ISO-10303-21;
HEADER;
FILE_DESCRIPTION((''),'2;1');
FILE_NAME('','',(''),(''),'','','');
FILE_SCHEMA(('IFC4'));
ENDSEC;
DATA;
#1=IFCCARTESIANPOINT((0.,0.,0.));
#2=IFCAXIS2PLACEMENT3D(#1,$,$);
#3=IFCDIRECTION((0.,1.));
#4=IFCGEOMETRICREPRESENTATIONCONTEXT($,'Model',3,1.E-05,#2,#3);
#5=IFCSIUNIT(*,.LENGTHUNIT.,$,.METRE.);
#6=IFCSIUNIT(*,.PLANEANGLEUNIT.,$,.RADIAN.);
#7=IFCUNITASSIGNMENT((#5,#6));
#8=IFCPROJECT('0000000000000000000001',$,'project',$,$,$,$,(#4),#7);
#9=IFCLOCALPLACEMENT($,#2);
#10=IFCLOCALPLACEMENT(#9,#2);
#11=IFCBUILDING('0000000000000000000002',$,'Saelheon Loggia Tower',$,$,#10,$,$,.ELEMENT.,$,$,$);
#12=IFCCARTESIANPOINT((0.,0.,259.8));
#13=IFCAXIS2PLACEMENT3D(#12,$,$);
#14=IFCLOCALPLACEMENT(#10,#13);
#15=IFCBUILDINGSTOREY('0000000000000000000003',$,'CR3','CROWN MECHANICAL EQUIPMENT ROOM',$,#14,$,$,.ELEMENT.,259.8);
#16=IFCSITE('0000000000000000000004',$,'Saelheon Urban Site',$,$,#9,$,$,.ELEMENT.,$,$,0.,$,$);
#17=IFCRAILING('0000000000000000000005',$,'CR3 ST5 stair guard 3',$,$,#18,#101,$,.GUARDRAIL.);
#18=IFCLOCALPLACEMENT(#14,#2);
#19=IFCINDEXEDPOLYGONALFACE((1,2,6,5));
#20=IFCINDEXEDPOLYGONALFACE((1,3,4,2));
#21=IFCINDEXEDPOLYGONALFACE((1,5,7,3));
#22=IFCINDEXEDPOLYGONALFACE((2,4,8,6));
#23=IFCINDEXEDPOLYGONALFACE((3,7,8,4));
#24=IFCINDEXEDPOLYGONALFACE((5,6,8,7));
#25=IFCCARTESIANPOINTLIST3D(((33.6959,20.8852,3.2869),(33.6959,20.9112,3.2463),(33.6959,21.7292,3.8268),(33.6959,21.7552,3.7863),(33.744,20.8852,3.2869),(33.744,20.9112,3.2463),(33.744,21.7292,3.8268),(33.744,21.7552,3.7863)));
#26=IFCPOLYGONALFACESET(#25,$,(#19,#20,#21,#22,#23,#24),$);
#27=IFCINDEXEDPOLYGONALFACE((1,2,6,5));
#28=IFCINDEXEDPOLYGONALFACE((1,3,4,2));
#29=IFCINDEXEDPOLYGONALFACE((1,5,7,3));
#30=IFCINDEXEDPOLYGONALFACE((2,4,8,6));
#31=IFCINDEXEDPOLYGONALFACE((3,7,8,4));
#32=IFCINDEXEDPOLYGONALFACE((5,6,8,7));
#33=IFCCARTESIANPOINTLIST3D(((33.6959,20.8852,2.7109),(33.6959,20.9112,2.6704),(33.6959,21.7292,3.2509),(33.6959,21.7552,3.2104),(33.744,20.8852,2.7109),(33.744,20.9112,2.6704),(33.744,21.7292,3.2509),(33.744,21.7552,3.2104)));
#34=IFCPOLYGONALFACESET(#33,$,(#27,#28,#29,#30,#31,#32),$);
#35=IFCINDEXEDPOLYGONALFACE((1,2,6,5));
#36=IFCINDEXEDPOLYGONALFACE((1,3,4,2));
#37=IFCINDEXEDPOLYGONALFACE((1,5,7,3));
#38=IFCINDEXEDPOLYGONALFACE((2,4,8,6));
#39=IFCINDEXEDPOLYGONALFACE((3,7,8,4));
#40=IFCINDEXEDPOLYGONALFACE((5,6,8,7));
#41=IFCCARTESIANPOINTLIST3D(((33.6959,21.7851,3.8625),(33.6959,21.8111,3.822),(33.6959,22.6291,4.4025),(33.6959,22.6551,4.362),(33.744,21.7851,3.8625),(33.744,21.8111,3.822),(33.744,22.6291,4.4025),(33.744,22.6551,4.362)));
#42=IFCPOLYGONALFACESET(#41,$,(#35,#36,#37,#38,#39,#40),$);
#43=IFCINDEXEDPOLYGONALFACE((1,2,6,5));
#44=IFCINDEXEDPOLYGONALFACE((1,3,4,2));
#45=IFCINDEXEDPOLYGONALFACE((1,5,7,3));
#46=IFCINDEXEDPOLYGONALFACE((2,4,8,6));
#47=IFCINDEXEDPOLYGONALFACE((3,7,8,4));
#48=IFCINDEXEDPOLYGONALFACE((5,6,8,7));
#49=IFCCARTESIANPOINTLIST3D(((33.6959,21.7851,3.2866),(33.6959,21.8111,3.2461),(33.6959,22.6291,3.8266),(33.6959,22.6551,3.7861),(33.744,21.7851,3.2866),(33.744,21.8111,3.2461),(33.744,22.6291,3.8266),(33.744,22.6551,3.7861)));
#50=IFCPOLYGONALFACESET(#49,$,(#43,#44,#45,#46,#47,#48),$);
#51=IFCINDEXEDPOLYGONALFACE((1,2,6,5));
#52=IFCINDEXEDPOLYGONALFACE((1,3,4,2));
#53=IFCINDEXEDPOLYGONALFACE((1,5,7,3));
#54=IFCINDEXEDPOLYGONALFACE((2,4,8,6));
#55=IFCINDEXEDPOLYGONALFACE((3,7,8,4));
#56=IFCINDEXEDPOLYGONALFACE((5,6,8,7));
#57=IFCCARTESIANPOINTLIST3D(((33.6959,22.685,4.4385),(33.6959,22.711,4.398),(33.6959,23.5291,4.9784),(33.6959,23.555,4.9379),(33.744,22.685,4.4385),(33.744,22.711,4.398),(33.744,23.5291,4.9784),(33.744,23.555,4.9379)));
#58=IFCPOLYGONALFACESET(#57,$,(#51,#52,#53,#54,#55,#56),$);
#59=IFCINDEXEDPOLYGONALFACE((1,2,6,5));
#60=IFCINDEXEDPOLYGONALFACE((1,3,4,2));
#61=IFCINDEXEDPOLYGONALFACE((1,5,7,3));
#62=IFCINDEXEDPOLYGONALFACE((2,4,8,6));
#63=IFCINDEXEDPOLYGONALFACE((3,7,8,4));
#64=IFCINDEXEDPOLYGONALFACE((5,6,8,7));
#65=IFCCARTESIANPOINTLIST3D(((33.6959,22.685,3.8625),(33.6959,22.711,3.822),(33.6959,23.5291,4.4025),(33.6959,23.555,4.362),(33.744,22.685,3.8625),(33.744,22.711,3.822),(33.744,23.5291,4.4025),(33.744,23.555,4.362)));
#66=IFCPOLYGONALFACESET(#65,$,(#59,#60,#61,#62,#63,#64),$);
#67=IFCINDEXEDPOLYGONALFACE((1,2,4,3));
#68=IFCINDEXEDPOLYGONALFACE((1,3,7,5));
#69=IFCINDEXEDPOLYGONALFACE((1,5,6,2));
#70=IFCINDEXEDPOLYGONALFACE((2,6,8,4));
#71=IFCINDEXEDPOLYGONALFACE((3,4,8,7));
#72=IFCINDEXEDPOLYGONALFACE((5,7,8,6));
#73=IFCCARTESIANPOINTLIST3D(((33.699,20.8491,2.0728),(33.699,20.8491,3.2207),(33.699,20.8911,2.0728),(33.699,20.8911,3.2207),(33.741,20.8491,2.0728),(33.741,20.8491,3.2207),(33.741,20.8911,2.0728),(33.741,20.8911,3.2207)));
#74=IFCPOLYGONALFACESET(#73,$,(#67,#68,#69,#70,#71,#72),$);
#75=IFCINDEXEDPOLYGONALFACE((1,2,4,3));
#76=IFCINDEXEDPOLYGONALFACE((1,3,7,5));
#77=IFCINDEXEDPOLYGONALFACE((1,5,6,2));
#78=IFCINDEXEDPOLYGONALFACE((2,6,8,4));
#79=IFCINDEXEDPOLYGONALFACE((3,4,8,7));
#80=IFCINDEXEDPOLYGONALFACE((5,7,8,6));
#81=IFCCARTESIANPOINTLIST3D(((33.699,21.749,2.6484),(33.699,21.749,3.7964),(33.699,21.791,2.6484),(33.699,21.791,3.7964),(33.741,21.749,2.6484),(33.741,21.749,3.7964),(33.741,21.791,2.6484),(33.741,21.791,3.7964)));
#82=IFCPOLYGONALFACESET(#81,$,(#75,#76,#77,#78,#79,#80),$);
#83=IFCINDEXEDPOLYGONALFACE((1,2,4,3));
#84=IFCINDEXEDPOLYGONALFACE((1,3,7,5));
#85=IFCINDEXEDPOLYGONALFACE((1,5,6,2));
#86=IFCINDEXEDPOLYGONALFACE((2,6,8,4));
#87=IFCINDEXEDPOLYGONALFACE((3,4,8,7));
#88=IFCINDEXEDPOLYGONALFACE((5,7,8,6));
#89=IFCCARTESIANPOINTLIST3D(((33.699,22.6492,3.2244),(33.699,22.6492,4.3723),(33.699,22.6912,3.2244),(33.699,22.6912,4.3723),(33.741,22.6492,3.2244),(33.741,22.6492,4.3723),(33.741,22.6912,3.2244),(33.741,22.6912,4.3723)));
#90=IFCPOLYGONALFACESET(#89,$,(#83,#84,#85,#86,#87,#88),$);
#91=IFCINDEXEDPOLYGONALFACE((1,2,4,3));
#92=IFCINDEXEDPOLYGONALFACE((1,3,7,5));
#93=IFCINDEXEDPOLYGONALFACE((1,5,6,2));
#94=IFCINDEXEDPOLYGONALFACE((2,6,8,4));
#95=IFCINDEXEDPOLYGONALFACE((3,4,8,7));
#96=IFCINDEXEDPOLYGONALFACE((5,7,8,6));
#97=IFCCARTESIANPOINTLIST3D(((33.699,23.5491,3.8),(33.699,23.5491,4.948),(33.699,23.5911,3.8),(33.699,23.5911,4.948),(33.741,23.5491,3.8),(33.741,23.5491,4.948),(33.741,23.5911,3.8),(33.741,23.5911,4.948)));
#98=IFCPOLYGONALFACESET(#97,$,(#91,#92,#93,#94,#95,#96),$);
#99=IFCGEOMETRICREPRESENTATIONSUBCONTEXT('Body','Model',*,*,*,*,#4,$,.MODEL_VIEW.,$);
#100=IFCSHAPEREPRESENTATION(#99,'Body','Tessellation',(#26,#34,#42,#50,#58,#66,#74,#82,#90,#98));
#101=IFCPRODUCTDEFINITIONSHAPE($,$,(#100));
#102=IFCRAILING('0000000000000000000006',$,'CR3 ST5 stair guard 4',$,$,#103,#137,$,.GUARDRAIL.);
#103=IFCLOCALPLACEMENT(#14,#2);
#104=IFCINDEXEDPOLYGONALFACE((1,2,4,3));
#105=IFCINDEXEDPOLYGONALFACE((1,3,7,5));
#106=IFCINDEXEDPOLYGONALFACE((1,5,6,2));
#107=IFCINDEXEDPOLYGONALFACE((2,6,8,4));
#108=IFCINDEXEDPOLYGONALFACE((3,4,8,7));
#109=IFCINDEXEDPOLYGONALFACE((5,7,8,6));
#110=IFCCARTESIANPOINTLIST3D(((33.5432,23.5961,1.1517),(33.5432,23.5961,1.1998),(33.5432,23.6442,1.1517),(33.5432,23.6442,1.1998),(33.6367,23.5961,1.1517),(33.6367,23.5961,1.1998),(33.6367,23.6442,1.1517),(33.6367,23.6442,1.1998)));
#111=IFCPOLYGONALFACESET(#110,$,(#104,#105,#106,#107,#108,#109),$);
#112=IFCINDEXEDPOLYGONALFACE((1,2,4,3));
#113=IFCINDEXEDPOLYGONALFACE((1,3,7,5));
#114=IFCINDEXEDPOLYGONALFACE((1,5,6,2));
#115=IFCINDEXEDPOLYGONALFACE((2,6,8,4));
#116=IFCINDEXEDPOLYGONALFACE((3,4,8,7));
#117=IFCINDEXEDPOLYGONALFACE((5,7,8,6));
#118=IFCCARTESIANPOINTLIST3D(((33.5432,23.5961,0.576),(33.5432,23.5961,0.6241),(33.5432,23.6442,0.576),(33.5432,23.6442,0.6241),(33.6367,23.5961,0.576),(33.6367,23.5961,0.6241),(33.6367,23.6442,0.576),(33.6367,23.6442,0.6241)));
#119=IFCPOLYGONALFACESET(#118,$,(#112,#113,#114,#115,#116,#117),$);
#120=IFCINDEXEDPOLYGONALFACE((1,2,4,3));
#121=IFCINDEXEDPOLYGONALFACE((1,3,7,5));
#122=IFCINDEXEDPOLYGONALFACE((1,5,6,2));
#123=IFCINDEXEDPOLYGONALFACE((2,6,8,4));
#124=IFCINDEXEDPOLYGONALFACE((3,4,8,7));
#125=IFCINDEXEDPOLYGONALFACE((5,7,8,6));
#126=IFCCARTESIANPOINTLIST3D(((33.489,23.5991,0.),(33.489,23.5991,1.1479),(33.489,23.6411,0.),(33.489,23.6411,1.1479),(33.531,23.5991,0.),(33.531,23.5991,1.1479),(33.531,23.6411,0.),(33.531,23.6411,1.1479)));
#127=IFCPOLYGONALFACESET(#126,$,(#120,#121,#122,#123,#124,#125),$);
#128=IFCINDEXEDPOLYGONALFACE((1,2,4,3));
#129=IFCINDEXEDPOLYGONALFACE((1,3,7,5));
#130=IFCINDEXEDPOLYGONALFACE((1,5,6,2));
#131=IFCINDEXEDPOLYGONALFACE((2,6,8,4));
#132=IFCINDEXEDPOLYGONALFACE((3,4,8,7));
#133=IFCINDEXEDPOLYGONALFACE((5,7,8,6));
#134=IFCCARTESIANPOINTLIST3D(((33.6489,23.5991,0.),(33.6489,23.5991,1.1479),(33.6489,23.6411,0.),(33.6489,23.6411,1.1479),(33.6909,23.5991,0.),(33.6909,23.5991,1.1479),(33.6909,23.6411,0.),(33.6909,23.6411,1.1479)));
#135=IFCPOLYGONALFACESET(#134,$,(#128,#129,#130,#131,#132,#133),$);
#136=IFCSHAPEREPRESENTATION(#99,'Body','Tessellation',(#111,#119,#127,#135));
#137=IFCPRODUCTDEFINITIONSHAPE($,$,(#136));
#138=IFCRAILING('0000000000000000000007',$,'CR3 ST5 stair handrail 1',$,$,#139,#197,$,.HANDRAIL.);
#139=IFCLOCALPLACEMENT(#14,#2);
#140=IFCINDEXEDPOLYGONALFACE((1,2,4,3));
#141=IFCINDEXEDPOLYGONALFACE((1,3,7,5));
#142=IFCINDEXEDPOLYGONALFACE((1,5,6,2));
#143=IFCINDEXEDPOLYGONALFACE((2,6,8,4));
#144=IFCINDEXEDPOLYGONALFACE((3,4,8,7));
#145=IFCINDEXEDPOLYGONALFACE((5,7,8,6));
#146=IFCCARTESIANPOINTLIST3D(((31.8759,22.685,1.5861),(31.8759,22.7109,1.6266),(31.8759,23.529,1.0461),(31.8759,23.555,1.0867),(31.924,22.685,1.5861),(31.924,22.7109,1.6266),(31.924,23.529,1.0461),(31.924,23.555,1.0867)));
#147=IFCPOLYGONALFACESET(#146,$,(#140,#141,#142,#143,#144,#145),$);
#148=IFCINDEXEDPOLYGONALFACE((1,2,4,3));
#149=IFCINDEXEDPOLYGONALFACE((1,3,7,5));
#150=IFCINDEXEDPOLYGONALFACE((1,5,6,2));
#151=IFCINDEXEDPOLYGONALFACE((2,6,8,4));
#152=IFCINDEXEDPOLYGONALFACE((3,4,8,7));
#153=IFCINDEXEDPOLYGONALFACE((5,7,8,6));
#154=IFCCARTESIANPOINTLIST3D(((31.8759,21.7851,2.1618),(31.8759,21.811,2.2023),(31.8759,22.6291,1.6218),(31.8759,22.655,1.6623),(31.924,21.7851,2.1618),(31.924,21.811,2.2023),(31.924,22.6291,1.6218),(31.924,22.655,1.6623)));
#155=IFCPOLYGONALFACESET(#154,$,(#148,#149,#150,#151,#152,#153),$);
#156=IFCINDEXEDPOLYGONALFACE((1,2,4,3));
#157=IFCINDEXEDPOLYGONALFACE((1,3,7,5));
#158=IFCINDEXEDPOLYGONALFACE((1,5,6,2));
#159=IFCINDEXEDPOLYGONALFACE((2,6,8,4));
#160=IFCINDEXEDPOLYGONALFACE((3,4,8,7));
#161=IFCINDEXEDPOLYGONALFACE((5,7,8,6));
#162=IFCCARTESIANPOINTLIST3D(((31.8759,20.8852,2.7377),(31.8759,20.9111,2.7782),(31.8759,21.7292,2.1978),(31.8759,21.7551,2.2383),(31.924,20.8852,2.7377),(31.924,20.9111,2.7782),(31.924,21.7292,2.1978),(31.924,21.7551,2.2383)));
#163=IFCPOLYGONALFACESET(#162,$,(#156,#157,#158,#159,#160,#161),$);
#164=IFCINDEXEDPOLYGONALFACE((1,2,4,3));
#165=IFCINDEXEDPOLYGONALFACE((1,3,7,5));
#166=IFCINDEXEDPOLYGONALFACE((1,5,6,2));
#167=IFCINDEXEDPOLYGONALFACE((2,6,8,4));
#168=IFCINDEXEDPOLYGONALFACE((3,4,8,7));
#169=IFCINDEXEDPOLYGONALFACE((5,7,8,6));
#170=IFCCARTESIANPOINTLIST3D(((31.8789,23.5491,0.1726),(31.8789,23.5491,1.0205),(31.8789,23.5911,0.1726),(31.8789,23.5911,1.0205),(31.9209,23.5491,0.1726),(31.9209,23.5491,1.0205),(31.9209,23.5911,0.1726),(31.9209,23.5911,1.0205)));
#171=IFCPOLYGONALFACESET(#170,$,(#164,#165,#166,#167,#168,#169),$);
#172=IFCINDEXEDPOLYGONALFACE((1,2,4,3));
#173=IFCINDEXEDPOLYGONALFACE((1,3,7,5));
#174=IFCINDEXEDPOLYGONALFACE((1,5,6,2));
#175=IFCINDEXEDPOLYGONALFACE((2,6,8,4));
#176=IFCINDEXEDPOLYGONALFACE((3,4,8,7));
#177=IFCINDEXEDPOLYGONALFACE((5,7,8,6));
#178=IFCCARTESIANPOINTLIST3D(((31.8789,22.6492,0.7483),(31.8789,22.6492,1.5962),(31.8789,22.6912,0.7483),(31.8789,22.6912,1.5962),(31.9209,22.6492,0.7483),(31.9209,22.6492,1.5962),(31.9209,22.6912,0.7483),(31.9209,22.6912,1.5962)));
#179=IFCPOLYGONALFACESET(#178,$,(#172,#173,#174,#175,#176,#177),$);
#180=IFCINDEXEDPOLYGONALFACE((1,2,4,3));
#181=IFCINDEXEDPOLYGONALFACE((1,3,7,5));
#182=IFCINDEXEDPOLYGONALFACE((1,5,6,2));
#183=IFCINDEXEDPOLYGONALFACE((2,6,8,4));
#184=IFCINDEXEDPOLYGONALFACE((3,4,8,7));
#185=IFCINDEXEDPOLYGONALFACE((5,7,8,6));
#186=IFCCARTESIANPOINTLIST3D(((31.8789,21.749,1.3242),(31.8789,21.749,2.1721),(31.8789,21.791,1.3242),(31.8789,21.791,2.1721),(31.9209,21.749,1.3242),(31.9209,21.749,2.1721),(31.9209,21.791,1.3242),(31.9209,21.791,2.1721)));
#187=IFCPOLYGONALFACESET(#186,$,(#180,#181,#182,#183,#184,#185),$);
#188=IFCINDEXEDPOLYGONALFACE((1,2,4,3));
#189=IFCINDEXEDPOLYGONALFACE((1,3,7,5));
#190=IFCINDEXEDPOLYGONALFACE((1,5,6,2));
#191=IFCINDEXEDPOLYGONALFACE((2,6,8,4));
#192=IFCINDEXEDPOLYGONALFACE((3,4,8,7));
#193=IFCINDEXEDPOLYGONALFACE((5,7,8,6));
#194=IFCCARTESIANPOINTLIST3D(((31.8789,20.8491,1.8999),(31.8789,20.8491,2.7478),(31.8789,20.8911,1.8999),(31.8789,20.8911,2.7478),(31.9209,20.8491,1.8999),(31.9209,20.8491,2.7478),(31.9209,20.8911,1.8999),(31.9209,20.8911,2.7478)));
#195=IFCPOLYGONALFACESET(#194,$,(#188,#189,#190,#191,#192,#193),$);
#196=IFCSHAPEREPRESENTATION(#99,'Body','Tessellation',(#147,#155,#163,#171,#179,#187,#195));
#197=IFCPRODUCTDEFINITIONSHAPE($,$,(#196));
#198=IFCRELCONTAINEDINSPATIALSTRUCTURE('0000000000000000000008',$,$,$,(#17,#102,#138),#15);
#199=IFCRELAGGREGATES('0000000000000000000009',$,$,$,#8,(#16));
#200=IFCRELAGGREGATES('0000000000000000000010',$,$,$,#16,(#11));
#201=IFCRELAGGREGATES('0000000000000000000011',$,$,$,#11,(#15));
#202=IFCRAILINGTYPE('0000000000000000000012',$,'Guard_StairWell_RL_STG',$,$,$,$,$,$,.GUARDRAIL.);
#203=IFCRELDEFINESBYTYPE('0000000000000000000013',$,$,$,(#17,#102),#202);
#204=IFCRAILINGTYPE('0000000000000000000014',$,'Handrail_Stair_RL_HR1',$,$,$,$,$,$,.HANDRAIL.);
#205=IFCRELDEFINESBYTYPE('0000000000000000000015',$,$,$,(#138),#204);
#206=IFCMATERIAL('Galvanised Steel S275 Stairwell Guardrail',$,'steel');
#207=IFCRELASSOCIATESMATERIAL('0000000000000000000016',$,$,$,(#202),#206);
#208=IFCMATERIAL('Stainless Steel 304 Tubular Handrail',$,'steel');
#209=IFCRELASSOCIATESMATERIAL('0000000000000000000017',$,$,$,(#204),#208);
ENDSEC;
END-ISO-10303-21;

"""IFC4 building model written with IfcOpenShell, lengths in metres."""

from ifc_helpers import new_model, si_unit, direction, frame, origin, origin_2d, place, context, subcontext, project, spatial, rectangle, extrude, material, type_object, element, save


model = new_model("IFC4")

# Units and contexts
model_context = context("Model", 3, precision=1e-05, world=origin(), true_north=direction((0.0, 1.0)))
body_context = subcontext(model_context, "Body", "Model", "MODEL_VIEW")
ifc_project = project(units=[si_unit("LENGTHUNIT", "METRE"), si_unit("PLANEANGLEUNIT", "RADIAN")], contexts=[model_context])

# Site, building, storey
site_placement = place(None, origin())
site = spatial("IfcSite", under=ifc_project, at=site_placement, Name="Saelheon Urban Site", CompositionType="ELEMENT", RefElevation=0.0)
building_placement = place(site_placement, origin())
building = spatial("IfcBuilding", under=site, at=building_placement, Name="Saelheon Loggia Tower", CompositionType="ELEMENT")
storey_placement = place(building_placement, frame((0.0, 0.0, 259.8)))
storey = spatial("IfcBuildingStorey", under=building, at=storey_placement, Name="CR3", Description="CROWN MECHANICAL EQUIPMENT ROOM", CompositionType="ELEMENT", Elevation=259.8)

# Railings
ifc_material_1 = material(Name="Galvanised Steel S275 Stairwell Guardrail", Category="steel")
railing_type_1 = type_object("IfcRailingType", Name="Guard_StairWell_RL_STG", PredefinedType="GUARDRAIL", material=ifc_material_1)
railing_1_placement = place(storey_placement, frame((33.72, 20.8701, 2.0728)))
element("IfcRailing", 1, at=railing_1_placement, inside=storey, type_object=railing_type_1, Name="CR3 ST5 stair guard 3", PredefinedType="GUARDRAIL", context=body_context, shape_type="SweptSolid", body=[
    extrude(rectangle(XDim=0.0481, YDim=0.0481, at=origin_2d()), frame((0.0, 0.0281, 1.1938), z_axis=(0.0, 0.842367, 0.538905), x_axis=(-1.0, 0.0, 0.0)), (0.0, 0.0, 1.0), 1.002),
    extrude(rectangle(XDim=0.0481, YDim=0.0481, at=origin_2d()), frame((0.0, 0.0281, 0.6179), z_axis=(0.0, 0.842367, 0.538905), x_axis=(-1.0, 0.0, 0.0)), (0.0, 0.0, 1.0), 1.002),
    extrude(rectangle(XDim=0.0481, YDim=0.0481, at=origin_2d()), frame((0.0, 0.928, 1.7695), z_axis=(0.0, 0.842367, 0.538905), x_axis=(-1.0, 0.0, 0.0)), (0.0, 0.0, 1.0), 1.002),
    extrude(rectangle(XDim=0.0481, YDim=0.0481, at=origin_2d()), frame((0.0, 0.928, 1.1936), z_axis=(0.0, 0.842367, 0.538905), x_axis=(-1.0, 0.0, 0.0)), (0.0, 0.0, 1.0), 1.002),
    extrude(rectangle(XDim=0.0481, YDim=0.0481, at=origin_2d()), frame((0.0, 1.8279, 2.3455), z_axis=(0.0, 0.842367, 0.538905), x_axis=(-1.0, 0.0, 0.0)), (0.0, 0.0, 1.0), 1.002),
    extrude(rectangle(XDim=0.0481, YDim=0.0481, at=origin_2d()), frame((0.0, 1.8279, 1.7695), z_axis=(0.0, 0.842367, 0.538905), x_axis=(-1.0, 0.0, 0.0)), (0.0, 0.0, 1.0), 1.002),
    extrude(rectangle(XDim=0.042, YDim=0.042, at=origin_2d()), origin(), (0.0, 0.0, 1.0), 1.1479),
    extrude(rectangle(XDim=0.042, YDim=0.042, at=origin_2d()), frame((0.0, 0.8999, 0.5757)), (0.0, 0.0, 1.0), 1.1479),
    extrude(rectangle(XDim=0.042, YDim=0.042, at=origin_2d()), frame((0.0, 1.8, 1.1516)), (0.0, 0.0, 1.0), 1.1479),
    extrude(rectangle(XDim=0.042, YDim=0.042, at=origin_2d()), frame((0.0, 2.7, 1.7273)), (0.0, 0.0, 1.0), 1.1479),
])
railing_2_placement = place(storey_placement, frame((33.51, 23.6201, 0.0)))
element("IfcRailing", 2, at=railing_2_placement, inside=storey, type_object=railing_type_1, Name="CR3 ST5 stair guard 4", PredefinedType="GUARDRAIL", context=body_context, shape_type="SweptSolid", body=[
    extrude(rectangle(XDim=0.0481, YDim=0.0481, at=origin_2d()), frame((0.0332, 0.0, 1.1758), z_axis=(1.0, 0.0, 0.0), x_axis=(0.0, 1.0, 0.0)), (0.0, 0.0, 1.0), 0.0935),
    extrude(rectangle(XDim=0.0481, YDim=0.0481, at=origin_2d()), frame((0.0332, 0.0, 0.6001), z_axis=(1.0, 0.0, 0.0), x_axis=(0.0, 1.0, 0.0)), (0.0, 0.0, 1.0), 0.0935),
    extrude(rectangle(XDim=0.042, YDim=0.042, at=origin_2d()), origin(), (0.0, 0.0, 1.0), 1.1479),
    extrude(rectangle(XDim=0.042, YDim=0.042, at=origin_2d()), frame((0.1599, 0.0, 0.0)), (0.0, 0.0, 1.0), 1.1479),
])
ifc_material_2 = material(Name="Stainless Steel 304 Tubular Handrail", Category="steel")
railing_type_2 = type_object("IfcRailingType", Name="Handrail_Stair_RL_HR1", PredefinedType="HANDRAIL", material=ifc_material_2)
railing_3_placement = place(storey_placement, frame((31.8999, 23.5701, 0.1726)))
element("IfcRailing", 3, at=railing_3_placement, inside=storey, type_object=railing_type_2, Name="CR3 ST5 stair handrail 1", PredefinedType="HANDRAIL", context=body_context, shape_type="SweptSolid", body=[
    extrude(rectangle(XDim=0.0481, YDim=0.0481, at=origin_2d()), frame((0.0, -0.0281, 0.8938), z_axis=(0.0, -0.842367, 0.538905), x_axis=(1.0, 0.0, 0.0)), (0.0, 0.0, 1.0), 1.002),
    extrude(rectangle(XDim=0.0481, YDim=0.0481, at=origin_2d()), frame((0.0, -0.928, 1.4695), z_axis=(0.0, -0.842367, 0.538905), x_axis=(1.0, 0.0, 0.0)), (0.0, 0.0, 1.0), 1.002),
    extrude(rectangle(XDim=0.0481, YDim=0.0481, at=origin_2d()), frame((0.0, -1.8279, 2.0454), z_axis=(0.0, -0.842367, 0.538905), x_axis=(1.0, 0.0, 0.0)), (0.0, 0.0, 1.0), 1.002),
    extrude(rectangle(XDim=0.042, YDim=0.042, at=origin_2d()), origin(), (0.0, 0.0, 1.0), 0.8479),
    extrude(rectangle(XDim=0.042, YDim=0.042, at=origin_2d()), frame((0.0, -0.8999, 0.5757)), (0.0, 0.0, 1.0), 0.8479),
    extrude(rectangle(XDim=0.042, YDim=0.042, at=origin_2d()), frame((0.0, -1.8, 1.1516)), (0.0, 0.0, 1.0), 0.8479),
    extrude(rectangle(XDim=0.042, YDim=0.042, at=origin_2d()), frame((0.0, -2.7, 1.7273)), (0.0, 0.0, 1.0), 0.8479),
])

save(model, "model.ifc")
